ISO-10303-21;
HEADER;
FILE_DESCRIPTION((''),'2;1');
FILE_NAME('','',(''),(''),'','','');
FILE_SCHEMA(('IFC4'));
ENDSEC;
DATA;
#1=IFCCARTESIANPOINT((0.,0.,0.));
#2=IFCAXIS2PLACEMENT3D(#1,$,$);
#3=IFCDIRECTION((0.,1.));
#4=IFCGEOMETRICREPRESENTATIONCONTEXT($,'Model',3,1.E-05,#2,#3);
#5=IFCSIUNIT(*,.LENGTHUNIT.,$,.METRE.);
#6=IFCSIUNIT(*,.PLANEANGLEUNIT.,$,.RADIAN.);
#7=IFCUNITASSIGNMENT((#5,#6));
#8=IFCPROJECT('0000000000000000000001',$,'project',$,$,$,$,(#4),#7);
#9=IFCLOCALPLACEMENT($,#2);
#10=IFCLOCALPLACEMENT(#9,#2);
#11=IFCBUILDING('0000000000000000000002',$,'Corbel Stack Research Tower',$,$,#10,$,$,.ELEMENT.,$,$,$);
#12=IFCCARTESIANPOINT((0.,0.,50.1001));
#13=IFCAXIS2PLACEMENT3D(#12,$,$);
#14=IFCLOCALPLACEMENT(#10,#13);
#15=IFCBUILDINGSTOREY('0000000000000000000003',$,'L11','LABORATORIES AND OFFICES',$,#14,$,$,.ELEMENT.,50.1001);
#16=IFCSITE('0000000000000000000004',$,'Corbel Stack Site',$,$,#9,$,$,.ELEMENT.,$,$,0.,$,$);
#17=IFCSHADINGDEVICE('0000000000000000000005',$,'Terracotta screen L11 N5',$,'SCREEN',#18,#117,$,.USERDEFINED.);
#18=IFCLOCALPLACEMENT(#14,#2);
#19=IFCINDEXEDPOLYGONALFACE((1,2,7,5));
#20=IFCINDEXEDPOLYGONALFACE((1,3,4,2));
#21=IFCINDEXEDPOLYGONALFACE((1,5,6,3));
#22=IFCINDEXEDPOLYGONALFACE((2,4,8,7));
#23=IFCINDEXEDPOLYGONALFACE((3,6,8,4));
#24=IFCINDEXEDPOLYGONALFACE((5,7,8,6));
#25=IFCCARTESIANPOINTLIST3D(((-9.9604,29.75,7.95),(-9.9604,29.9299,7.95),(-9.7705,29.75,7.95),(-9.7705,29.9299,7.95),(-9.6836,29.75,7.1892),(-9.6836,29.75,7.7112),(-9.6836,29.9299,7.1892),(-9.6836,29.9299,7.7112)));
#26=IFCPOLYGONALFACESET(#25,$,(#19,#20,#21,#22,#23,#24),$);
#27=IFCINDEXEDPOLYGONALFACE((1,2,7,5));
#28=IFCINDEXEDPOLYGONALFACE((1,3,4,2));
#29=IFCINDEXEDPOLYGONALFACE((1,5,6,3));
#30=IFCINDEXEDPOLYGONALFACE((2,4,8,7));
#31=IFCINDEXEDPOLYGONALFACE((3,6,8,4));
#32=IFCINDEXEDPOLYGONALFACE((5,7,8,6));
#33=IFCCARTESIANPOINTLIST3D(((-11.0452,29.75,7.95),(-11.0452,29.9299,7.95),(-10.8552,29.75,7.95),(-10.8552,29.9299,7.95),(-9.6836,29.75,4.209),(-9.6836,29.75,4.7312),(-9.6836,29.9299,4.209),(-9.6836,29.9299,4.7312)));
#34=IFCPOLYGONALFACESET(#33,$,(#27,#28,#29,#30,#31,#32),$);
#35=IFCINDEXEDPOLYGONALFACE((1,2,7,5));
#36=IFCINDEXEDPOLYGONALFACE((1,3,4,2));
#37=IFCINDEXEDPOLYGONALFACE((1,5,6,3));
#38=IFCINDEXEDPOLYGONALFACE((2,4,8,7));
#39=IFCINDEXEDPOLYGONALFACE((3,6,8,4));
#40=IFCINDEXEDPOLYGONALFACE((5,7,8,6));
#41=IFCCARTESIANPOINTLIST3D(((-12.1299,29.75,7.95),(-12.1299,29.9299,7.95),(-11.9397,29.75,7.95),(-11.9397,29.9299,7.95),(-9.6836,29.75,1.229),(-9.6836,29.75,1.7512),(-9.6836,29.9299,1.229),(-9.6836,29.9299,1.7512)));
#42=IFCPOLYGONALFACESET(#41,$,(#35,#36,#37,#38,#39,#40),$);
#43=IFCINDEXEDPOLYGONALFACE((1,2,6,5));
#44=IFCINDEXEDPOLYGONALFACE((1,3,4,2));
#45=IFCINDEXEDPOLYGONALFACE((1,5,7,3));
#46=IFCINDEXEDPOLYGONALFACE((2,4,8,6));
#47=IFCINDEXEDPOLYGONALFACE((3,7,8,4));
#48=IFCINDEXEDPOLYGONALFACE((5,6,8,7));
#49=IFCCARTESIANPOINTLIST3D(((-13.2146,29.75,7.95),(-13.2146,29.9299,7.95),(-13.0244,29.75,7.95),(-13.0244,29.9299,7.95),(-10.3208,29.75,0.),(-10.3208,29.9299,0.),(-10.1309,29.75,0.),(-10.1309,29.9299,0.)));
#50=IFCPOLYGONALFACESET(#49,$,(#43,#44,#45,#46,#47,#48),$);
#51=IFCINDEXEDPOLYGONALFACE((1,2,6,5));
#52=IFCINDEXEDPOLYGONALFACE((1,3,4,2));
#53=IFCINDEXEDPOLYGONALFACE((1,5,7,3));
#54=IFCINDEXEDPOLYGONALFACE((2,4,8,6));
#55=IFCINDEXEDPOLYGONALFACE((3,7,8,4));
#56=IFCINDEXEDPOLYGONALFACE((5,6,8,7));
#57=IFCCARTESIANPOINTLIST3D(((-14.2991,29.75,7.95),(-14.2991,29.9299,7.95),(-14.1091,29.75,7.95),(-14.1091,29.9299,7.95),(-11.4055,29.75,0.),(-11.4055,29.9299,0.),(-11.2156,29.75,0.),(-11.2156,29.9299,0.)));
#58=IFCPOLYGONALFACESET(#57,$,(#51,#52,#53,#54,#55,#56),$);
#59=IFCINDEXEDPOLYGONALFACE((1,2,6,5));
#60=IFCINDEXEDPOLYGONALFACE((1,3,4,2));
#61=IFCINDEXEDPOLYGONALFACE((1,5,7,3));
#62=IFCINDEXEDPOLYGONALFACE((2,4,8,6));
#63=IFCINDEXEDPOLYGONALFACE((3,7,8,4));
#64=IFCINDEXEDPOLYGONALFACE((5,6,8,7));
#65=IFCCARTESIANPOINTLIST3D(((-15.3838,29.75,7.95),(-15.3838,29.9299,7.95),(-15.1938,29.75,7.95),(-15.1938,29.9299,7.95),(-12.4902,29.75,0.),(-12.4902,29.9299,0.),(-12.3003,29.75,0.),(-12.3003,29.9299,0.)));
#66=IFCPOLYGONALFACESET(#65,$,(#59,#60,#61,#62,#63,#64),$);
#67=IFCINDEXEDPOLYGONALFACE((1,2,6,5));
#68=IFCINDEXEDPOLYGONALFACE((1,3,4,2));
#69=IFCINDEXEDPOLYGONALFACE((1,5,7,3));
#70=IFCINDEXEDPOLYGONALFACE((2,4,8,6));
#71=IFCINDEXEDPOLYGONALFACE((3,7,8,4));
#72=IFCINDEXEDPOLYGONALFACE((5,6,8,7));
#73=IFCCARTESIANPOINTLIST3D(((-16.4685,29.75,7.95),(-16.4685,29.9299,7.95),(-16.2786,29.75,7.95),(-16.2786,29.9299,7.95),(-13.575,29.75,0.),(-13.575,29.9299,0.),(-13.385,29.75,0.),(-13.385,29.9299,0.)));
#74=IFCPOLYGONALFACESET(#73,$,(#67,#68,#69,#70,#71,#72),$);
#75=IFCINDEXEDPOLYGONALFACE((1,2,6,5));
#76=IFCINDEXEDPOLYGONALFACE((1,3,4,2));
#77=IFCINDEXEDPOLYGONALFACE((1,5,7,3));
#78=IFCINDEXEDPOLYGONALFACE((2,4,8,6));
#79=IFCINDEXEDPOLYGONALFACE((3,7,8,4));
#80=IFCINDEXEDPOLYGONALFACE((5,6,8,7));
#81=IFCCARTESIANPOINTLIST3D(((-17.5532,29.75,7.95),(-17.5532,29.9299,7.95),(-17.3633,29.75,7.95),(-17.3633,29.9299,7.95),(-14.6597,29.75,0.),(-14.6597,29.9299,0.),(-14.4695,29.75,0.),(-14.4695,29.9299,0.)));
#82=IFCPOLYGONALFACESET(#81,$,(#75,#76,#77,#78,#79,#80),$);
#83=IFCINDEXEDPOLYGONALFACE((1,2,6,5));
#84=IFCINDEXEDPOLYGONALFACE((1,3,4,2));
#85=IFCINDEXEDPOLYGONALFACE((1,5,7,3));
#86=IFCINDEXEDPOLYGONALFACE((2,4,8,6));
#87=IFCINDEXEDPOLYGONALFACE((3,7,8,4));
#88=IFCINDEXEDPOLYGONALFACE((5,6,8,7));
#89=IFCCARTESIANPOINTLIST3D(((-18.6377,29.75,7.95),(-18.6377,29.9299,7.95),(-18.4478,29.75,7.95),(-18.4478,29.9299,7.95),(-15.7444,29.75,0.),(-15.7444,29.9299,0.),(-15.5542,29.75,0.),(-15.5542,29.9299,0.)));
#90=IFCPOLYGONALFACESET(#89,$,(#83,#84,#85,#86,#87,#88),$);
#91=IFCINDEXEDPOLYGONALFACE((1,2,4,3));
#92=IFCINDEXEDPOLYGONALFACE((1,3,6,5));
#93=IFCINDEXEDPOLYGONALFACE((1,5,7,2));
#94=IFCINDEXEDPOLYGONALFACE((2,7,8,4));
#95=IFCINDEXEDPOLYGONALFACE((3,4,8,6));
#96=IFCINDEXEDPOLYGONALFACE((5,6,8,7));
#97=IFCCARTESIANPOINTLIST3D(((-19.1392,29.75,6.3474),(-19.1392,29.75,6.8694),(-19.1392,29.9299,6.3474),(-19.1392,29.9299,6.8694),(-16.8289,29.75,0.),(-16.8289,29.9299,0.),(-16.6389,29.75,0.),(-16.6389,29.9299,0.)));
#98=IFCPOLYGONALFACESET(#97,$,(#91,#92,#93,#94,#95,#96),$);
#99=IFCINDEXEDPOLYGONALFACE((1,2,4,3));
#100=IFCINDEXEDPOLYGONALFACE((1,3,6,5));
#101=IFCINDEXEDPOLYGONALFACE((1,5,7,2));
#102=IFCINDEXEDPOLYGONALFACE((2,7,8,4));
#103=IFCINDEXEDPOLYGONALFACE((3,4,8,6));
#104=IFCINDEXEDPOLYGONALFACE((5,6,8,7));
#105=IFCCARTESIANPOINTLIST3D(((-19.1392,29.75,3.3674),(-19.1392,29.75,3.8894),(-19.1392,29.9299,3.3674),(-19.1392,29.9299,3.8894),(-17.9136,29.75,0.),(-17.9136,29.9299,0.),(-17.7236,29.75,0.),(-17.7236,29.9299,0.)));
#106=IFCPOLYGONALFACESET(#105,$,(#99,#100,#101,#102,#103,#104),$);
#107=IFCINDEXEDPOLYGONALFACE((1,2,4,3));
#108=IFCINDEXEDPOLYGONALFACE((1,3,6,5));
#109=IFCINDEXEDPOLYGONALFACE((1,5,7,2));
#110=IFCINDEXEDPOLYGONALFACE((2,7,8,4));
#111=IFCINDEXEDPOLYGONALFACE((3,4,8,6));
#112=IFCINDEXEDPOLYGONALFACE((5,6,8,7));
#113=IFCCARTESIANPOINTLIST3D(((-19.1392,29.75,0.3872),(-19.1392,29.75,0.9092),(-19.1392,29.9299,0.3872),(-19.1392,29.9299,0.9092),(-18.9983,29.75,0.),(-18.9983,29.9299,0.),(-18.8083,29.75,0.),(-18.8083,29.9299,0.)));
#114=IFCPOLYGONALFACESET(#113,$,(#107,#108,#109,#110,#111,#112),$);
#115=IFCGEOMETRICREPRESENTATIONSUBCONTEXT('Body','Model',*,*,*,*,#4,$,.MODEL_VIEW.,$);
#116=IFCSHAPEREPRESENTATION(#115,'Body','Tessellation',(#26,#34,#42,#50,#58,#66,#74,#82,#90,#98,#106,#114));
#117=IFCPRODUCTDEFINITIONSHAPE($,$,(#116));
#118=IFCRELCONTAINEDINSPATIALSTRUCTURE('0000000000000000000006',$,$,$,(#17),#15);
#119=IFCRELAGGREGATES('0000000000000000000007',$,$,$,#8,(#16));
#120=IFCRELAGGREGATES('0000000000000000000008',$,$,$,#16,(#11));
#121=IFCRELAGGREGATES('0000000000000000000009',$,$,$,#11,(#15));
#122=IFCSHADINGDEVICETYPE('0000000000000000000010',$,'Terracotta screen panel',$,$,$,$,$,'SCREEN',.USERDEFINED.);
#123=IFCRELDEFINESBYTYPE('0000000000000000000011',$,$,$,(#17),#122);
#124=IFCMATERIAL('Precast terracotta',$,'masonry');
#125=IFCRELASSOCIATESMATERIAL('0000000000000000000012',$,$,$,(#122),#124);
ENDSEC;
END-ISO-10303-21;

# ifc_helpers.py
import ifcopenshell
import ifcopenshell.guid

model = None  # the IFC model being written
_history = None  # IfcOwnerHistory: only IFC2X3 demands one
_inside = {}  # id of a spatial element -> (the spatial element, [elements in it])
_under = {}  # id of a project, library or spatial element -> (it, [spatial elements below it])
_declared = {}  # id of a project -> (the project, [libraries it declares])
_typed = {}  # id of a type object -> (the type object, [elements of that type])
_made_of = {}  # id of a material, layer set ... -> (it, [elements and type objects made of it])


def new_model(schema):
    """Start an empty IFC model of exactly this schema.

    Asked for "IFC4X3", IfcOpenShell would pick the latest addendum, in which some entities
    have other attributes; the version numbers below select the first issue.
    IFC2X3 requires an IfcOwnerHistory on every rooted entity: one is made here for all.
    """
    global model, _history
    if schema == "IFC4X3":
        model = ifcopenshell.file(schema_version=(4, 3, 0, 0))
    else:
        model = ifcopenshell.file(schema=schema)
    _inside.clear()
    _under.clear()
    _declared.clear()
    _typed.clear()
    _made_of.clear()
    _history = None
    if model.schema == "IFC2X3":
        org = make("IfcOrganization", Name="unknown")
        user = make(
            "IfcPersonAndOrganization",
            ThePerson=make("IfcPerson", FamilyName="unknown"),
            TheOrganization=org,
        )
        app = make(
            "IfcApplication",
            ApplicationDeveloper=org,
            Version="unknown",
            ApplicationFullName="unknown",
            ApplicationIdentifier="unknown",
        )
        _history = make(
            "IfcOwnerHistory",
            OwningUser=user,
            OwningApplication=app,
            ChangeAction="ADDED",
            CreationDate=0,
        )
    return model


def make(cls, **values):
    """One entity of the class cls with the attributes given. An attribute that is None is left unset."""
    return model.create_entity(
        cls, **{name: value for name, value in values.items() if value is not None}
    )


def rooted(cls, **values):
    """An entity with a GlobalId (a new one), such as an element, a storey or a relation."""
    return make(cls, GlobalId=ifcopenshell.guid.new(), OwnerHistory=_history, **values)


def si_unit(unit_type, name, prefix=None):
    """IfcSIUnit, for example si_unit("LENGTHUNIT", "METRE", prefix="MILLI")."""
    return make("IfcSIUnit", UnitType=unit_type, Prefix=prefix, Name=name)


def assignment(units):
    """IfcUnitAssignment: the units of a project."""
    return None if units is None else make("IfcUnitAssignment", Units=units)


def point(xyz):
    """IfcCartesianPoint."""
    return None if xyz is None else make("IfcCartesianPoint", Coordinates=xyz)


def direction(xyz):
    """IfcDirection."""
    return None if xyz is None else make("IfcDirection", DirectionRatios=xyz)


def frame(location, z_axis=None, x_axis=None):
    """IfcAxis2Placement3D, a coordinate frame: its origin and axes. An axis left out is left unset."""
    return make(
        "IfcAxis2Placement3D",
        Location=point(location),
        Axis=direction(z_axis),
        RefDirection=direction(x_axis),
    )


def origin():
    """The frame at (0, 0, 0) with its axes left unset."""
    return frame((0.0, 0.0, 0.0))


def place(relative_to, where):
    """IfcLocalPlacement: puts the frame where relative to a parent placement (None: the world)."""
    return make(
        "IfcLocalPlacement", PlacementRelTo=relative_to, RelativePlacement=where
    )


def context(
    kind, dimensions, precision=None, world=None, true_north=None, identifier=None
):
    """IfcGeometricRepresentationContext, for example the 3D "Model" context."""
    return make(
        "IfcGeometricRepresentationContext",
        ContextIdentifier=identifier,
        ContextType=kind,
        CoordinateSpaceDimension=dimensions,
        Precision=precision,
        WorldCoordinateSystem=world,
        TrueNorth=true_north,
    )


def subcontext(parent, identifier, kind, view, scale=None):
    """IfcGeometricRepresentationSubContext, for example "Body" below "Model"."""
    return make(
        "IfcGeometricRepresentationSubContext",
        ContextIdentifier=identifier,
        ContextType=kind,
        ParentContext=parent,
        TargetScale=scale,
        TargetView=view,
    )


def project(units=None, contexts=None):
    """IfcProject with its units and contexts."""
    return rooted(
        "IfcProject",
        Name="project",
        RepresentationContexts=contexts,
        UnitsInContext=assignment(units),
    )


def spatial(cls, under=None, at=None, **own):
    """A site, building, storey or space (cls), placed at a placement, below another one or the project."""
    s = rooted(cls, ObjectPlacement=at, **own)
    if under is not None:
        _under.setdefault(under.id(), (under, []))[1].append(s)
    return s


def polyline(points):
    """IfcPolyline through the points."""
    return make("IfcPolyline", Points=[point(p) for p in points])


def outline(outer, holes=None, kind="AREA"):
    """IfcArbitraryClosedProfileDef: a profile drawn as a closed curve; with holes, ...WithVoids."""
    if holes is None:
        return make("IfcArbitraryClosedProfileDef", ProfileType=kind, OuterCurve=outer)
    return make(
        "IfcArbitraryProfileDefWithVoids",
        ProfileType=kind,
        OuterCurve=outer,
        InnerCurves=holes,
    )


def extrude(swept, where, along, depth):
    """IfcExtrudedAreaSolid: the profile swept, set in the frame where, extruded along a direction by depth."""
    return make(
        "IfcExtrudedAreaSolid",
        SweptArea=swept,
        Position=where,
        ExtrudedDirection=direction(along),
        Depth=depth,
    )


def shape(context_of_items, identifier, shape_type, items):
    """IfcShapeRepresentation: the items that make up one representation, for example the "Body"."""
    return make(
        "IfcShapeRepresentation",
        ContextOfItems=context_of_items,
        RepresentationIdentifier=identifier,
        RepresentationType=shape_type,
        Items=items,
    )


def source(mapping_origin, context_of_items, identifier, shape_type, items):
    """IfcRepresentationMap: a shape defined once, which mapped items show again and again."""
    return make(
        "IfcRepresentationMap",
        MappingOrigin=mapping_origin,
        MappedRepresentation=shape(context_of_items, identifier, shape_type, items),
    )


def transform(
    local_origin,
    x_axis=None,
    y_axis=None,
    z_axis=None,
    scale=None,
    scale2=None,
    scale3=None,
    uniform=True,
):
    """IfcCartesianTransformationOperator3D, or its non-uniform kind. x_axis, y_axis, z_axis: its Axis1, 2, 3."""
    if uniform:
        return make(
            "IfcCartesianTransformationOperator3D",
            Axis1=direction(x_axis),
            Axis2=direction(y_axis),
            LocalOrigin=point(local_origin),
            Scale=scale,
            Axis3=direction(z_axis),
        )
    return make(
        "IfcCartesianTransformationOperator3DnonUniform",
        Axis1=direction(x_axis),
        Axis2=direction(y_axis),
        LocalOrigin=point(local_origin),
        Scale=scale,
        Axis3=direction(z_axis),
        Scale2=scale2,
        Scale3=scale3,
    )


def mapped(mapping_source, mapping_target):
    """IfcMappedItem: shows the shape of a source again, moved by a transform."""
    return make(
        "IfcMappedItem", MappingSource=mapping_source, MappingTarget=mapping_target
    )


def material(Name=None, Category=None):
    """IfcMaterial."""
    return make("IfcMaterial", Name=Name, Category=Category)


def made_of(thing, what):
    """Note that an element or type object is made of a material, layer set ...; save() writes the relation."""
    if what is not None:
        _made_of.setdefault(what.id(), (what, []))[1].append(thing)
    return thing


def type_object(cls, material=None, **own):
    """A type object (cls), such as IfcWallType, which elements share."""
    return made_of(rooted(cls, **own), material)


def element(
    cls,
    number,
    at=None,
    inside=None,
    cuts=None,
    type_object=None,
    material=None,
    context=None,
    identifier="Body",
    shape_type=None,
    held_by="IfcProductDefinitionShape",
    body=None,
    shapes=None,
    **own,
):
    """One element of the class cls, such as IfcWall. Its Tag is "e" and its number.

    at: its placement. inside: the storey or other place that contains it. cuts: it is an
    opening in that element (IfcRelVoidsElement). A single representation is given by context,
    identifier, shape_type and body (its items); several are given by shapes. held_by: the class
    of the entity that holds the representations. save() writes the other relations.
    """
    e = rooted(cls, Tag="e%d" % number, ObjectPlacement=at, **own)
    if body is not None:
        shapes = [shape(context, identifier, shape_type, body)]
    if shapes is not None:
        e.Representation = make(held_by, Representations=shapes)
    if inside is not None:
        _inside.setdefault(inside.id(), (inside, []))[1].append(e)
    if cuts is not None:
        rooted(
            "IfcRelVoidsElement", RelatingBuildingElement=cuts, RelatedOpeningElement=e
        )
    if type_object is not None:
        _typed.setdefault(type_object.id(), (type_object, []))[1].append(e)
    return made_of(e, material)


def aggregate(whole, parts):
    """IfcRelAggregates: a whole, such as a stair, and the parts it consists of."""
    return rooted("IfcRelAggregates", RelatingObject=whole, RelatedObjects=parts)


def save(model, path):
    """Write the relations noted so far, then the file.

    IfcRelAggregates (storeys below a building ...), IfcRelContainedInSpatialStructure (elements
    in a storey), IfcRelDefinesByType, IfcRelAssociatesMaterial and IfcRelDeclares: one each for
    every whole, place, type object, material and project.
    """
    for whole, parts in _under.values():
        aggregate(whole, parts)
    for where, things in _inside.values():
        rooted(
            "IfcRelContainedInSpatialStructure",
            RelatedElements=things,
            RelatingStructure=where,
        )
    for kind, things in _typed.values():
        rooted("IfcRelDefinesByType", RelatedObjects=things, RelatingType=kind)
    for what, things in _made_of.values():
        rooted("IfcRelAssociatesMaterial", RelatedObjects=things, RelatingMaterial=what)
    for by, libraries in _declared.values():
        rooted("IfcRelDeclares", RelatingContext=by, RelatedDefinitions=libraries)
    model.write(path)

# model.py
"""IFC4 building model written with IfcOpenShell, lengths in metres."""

from ifc_helpers import new_model, si_unit, direction, frame, origin, place, context, subcontext, project, spatial, polyline, outline, extrude, source, transform, mapped, material, type_object, element, save


model = new_model("IFC4")

# Units and contexts
model_context = context("Model", 3, precision=1e-05, world=origin(), true_north=direction((0.0, 1.0)))
body_context = subcontext(model_context, "Body", "Model", "MODEL_VIEW")
ifc_project = project(units=[si_unit("LENGTHUNIT", "METRE"), si_unit("PLANEANGLEUNIT", "RADIAN")], contexts=[model_context])

# Site, building, storey
site_placement = place(None, origin())
site = spatial("IfcSite", under=ifc_project, at=site_placement, Name="Corbel Stack Site", CompositionType="ELEMENT", RefElevation=0.0)
building_placement = place(site_placement, origin())
building = spatial("IfcBuilding", under=site, at=building_placement, Name="Corbel Stack Research Tower", CompositionType="ELEMENT")
storey_placement = place(building_placement, frame((0.0, 0.0, 50.1001)))
storey = spatial("IfcBuildingStorey", under=building, at=storey_placement, Name="L11", Description="LABORATORIES AND OFFICES", CompositionType="ELEMENT", Elevation=50.1001)

# Shading device
ifc_material_1 = material(Name="Precast terracotta", Category="masonry")
shading_device_type = type_object("IfcShadingDeviceType", Name="Terracotta screen panel", ElementType="SCREEN", PredefinedType="USERDEFINED", material=ifc_material_1)
shared_shape_1 = source(origin(), body_context, "Body", "SweptSolid", [
    extrude(outline(polyline([(0.2769, 7.95), (0.0869, 7.95), (0.0, 7.7112), (0.0, 7.1892), (0.2769, 7.95)])), frame((0.0, 0.0, 0.0), z_axis=(0.0, -1.0, 0.0), x_axis=(1.0, 0.0, 0.0)), (0.0, 0.0, 1.0), 0.1799),
    extrude(outline(polyline([(1.3616, 7.95), (1.1716, 7.95), (0.0, 4.7312), (0.0, 4.209), (1.3616, 7.95)])), frame((0.0, 0.0, 0.0), z_axis=(0.0, -1.0, 0.0), x_axis=(1.0, 0.0, 0.0)), (0.0, 0.0, 1.0), 0.1799),
    extrude(outline(polyline([(2.4463, 7.95), (2.2561, 7.95), (0.0, 1.7512), (0.0, 1.229), (2.4463, 7.95)])), frame((0.0, 0.0, 0.0), z_axis=(0.0, -1.0, 0.0), x_axis=(1.0, 0.0, 0.0)), (0.0, 0.0, 1.0), 0.1799),
    extrude(outline(polyline([(0.6372, 0.0), (3.531, 7.95), (3.3408, 7.95), (0.4473, 0.0), (0.6372, 0.0)])), frame((0.0, 0.0, 0.0), z_axis=(0.0, -1.0, 0.0), x_axis=(1.0, 0.0, 0.0)), (0.0, 0.0, 1.0), 0.1799),
    extrude(outline(polyline([(1.7219, 0.0), (4.6155, 7.95), (4.4255, 7.95), (1.532, 0.0), (1.7219, 0.0)])), frame((0.0, 0.0, 0.0), z_axis=(0.0, -1.0, 0.0), x_axis=(1.0, 0.0, 0.0)), (0.0, 0.0, 1.0), 0.1799),
    extrude(outline(polyline([(2.8066, 0.0), (5.7002, 7.95), (5.5103, 7.95), (2.6167, 0.0), (2.8066, 0.0)])), frame((0.0, 0.0, 0.0), z_axis=(0.0, -1.0, 0.0), x_axis=(1.0, 0.0, 0.0)), (0.0, 0.0, 1.0), 0.1799),
    extrude(outline(polyline([(3.8914, 0.0), (6.7849, 7.95), (6.595, 7.95), (3.7014, 0.0), (3.8914, 0.0)])), frame((0.0, 0.0, 0.0), z_axis=(0.0, -1.0, 0.0), x_axis=(1.0, 0.0, 0.0)), (0.0, 0.0, 1.0), 0.1799),
    extrude(outline(polyline([(4.9761, 0.0), (7.8696, 7.95), (7.6797, 7.95), (4.7859, 0.0), (4.9761, 0.0)])), frame((0.0, 0.0, 0.0), z_axis=(0.0, -1.0, 0.0), x_axis=(1.0, 0.0, 0.0)), (0.0, 0.0, 1.0), 0.1799),
    extrude(outline(polyline([(6.0608, 0.0), (8.9541, 7.95), (8.7642, 7.95), (5.8706, 0.0), (6.0608, 0.0)])), frame((0.0, 0.0, 0.0), z_axis=(0.0, -1.0, 0.0), x_axis=(1.0, 0.0, 0.0)), (0.0, 0.0, 1.0), 0.1799),
    extrude(outline(polyline([(7.1453, 0.0), (9.4556, 6.3474), (9.4556, 6.8694), (6.9553, 0.0), (7.1453, 0.0)])), frame((0.0, 0.0, 0.0), z_axis=(0.0, -1.0, 0.0), x_axis=(1.0, 0.0, 0.0)), (0.0, 0.0, 1.0), 0.1799),
    extrude(outline(polyline([(8.23, 0.0), (9.4556, 3.3674), (9.4556, 3.8894), (8.04, 0.0), (8.23, 0.0)])), frame((0.0, 0.0, 0.0), z_axis=(0.0, -1.0, 0.0), x_axis=(1.0, 0.0, 0.0)), (0.0, 0.0, 1.0), 0.1799),
    extrude(outline(polyline([(9.3147, 0.0), (9.4556, 0.3872), (9.4556, 0.9092), (9.1248, 0.0), (9.3147, 0.0)])), frame((0.0, 0.0, 0.0), z_axis=(0.0, -1.0, 0.0), x_axis=(1.0, 0.0, 0.0)), (0.0, 0.0, 1.0), 0.1799),
])
shading_device_1_placement = place(storey_placement, frame((-9.6836, 29.75, 0.0), z_axis=(0.0, 0.0, 1.0), x_axis=(-1.0, 0.0, 0.0)))
element("IfcShadingDevice", 1, at=shading_device_1_placement, inside=storey, type_object=shading_device_type, Name="Terracotta screen L11 N5", ObjectType="SCREEN", PredefinedType="USERDEFINED", context=body_context, shape_type="MappedRepresentation", body=[
    mapped(shared_shape_1, transform((0.0, 0.0, 0.0))),
])

save(model, "model.ifc")
